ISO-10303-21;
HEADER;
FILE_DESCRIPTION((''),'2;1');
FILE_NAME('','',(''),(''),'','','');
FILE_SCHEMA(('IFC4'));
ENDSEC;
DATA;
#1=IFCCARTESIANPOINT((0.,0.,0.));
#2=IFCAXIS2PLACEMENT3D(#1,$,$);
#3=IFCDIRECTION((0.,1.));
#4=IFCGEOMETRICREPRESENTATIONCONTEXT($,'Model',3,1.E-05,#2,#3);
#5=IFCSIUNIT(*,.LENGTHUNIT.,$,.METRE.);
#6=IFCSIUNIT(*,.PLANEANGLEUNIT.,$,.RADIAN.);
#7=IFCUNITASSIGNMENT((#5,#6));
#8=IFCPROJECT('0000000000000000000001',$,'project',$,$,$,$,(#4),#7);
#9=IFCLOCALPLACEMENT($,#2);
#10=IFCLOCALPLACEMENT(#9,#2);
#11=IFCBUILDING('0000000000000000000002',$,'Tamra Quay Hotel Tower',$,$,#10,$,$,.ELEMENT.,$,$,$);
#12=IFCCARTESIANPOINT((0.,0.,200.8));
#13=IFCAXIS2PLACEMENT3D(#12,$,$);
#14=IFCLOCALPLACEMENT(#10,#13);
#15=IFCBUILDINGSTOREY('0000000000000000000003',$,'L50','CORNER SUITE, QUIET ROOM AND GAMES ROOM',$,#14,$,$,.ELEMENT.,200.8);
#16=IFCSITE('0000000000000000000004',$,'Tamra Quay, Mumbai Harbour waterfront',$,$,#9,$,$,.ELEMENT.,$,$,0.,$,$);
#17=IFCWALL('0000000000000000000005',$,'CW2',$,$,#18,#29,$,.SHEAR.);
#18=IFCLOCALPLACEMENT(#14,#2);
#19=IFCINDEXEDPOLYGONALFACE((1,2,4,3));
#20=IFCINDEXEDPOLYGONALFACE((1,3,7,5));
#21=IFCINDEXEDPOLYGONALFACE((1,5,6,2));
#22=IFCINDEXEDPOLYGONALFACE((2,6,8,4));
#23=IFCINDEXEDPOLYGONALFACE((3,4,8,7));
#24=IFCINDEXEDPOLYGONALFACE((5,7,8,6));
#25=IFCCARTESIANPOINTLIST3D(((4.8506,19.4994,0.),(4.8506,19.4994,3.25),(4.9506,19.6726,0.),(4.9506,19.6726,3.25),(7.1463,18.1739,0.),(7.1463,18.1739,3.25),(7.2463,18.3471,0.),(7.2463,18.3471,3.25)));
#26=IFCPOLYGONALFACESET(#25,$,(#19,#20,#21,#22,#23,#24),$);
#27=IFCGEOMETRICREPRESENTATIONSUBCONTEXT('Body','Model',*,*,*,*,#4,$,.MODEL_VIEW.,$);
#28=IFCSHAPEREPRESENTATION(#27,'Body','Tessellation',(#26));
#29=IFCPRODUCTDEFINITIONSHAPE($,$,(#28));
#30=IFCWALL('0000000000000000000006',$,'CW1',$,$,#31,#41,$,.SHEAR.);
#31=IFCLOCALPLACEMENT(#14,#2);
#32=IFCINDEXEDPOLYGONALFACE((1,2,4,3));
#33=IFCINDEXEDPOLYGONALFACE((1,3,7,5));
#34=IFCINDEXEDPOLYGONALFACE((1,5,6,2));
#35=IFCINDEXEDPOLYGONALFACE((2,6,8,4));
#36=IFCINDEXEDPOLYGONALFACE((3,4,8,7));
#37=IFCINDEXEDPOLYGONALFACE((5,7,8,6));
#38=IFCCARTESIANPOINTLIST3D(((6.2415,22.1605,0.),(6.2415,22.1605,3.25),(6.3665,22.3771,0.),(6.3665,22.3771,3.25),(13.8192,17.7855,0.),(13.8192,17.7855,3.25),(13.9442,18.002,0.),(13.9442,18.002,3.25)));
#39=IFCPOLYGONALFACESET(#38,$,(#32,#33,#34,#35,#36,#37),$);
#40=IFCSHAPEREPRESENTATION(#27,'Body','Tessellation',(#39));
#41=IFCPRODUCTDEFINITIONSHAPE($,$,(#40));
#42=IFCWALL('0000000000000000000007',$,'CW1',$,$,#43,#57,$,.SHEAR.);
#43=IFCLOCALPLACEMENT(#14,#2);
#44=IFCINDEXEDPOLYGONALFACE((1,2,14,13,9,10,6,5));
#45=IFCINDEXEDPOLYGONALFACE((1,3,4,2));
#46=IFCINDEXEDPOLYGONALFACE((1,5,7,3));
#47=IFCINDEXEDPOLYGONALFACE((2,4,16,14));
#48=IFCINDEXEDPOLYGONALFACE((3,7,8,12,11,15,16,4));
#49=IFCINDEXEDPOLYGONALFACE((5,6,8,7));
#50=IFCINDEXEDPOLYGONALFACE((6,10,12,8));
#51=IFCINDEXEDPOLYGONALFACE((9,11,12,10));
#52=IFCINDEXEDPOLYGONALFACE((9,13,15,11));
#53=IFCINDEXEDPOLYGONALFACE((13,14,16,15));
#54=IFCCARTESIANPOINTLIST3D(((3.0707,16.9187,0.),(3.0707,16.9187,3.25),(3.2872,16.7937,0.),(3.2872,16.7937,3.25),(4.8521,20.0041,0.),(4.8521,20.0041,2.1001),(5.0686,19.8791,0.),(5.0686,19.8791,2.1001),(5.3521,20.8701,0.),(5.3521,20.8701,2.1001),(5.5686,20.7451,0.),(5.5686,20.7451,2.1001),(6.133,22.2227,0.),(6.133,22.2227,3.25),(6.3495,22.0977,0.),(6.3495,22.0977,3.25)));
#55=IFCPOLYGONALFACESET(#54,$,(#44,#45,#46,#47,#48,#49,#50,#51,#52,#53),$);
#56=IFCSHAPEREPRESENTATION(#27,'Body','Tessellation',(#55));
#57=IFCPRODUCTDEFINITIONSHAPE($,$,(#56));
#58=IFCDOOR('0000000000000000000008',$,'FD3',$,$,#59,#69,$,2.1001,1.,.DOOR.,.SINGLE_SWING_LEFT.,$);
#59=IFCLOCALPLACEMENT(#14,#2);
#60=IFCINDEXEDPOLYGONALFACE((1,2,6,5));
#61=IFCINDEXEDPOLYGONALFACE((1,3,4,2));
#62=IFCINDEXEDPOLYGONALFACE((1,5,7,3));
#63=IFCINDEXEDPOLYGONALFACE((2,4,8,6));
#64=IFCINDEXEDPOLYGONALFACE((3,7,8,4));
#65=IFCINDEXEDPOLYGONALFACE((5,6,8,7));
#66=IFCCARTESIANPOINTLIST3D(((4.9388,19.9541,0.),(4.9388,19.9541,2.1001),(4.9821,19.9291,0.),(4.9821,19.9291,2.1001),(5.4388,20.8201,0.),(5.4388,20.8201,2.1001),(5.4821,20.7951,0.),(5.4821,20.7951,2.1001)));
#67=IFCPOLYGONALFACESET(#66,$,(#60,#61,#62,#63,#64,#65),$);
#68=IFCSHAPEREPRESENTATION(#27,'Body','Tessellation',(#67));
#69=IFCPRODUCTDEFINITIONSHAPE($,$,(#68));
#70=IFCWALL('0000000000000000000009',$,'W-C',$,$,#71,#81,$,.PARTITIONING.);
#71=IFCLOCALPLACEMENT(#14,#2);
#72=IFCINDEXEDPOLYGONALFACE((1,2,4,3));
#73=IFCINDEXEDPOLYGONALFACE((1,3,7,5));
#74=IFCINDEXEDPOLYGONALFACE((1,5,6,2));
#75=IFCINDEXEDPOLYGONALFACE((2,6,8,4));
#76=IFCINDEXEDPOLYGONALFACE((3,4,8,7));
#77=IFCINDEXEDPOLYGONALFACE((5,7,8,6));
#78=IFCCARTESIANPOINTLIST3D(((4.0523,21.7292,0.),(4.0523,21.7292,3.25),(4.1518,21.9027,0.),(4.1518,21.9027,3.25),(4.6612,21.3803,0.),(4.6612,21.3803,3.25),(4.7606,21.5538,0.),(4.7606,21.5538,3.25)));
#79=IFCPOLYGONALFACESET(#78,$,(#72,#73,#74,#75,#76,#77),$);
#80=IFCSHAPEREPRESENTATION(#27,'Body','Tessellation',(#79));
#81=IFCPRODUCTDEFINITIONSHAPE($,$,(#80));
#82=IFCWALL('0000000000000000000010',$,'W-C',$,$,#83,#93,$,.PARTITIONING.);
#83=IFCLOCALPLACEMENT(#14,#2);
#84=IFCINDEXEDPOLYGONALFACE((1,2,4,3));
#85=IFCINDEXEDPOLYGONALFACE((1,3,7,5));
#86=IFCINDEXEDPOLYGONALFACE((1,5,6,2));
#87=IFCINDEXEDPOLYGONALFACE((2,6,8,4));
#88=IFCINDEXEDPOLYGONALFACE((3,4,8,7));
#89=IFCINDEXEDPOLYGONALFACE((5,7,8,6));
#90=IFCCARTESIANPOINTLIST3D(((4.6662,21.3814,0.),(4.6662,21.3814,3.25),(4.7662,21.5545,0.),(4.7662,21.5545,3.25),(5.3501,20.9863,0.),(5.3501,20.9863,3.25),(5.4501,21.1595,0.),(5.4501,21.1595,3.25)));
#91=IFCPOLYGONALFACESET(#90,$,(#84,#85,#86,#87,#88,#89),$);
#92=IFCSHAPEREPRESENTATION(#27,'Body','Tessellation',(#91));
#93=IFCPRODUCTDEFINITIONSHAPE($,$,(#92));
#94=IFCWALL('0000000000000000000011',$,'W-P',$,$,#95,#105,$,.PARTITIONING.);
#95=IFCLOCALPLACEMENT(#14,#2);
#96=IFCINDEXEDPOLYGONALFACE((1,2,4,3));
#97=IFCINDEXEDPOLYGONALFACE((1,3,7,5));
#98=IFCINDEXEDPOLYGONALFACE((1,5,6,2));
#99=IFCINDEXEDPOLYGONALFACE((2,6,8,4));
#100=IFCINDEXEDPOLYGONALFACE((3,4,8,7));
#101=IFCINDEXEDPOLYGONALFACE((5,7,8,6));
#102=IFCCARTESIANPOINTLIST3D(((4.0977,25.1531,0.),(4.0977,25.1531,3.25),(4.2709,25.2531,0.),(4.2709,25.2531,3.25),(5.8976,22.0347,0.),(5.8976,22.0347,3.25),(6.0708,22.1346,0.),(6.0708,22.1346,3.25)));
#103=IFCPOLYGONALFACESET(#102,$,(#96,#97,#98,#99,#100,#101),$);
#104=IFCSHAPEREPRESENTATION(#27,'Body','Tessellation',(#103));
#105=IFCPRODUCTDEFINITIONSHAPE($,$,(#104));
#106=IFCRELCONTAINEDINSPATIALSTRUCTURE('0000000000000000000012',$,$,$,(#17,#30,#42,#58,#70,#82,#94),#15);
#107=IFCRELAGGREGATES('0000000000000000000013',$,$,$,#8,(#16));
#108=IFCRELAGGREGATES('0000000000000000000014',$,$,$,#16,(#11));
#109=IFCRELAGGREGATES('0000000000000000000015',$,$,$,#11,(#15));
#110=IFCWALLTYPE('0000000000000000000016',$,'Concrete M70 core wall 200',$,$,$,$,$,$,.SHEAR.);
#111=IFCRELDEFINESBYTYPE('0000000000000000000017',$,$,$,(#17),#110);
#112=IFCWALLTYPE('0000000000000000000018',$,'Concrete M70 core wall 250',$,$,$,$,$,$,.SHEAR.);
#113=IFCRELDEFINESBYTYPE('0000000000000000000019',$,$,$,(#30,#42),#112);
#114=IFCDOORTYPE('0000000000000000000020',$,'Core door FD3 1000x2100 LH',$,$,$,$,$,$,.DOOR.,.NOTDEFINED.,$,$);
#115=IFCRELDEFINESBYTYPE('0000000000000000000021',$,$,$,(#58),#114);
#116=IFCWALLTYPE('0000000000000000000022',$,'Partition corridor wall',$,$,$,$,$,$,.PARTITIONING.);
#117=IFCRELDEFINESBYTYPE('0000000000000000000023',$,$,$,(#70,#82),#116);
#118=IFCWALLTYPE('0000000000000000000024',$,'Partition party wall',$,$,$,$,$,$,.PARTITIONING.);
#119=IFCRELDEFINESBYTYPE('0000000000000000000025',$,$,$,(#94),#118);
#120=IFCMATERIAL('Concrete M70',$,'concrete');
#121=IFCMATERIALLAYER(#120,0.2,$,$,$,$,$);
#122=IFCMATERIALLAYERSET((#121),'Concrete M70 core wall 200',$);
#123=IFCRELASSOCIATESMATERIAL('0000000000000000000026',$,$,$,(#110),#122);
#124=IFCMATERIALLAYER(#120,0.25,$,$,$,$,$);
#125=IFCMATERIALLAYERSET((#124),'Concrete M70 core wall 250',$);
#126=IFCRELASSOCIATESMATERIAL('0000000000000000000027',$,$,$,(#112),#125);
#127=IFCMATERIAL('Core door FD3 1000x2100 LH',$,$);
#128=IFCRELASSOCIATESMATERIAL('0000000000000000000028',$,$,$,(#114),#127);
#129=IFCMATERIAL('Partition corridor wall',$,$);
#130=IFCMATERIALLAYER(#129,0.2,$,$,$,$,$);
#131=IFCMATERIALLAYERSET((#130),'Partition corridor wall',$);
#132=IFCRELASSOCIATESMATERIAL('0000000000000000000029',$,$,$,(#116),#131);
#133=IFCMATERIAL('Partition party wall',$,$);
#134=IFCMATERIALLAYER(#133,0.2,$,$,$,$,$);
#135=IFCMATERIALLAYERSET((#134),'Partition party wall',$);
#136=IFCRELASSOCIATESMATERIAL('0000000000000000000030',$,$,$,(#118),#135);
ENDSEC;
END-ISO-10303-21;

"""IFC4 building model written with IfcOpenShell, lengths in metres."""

from ifc_helpers import new_model, si_unit, direction, frame, frame_2d, origin, place, context, subcontext, project, spatial, rectangle, extrude, material, layer, layer_set, type_object, element, fill, save


model = new_model("IFC4")

# Units and contexts
model_context = context("Model", 3, precision=1e-05, world=origin(), true_north=direction((0.0, 1.0)))
body_context = subcontext(model_context, "Body", "Model", "MODEL_VIEW")
ifc_project = project(units=[si_unit("LENGTHUNIT", "METRE"), si_unit("PLANEANGLEUNIT", "RADIAN")], contexts=[model_context])

# Site, building, storey
site_placement = place(None, origin())
site = spatial("IfcSite", under=ifc_project, at=site_placement, Name="Tamra Quay, Mumbai Harbour waterfront", CompositionType="ELEMENT", RefElevation=0.0)
building_placement = place(site_placement, origin())
building = spatial("IfcBuilding", under=site, at=building_placement, Name="Tamra Quay Hotel Tower", CompositionType="ELEMENT")
storey_placement = place(building_placement, frame((0.0, 0.0, 200.8)))
storey = spatial("IfcBuildingStorey", under=building, at=storey_placement, Name="L50", Description="CORNER SUITE, QUIET ROOM AND GAMES ROOM", CompositionType="ELEMENT", Elevation=200.8)

# Shared definitions
ifc_material_1 = material(Name="Concrete M70", Category="concrete")

# Shared definitions
ifc_layer_1 = layer(ifc_material_1, 0.2)
ifc_layer_set_1 = layer_set([ifc_layer_1], Name="Concrete M70 core wall 200")
wall_type_1 = type_object("IfcWallType", Name="Concrete M70 core wall 200", PredefinedType="SHEAR", material=ifc_layer_set_1)

# Walls
wall_1_placement = place(storey_placement, frame((7.1963, 18.2605, 0.0), z_axis=(0.0, 0.0, 1.0), x_axis=(-0.866018, 0.500012, 0.0)))
element("IfcWall", 1, at=wall_1_placement, inside=storey, type_object=wall_type_1, Name="CW2", PredefinedType="SHEAR", context=body_context, shape_type="SweptSolid", body=[
    extrude(rectangle(XDim=2.6509, YDim=0.2, at=frame_2d((1.3254, 0.0))), origin(), (0.0, 0.0, 1.0), 3.25),
])
ifc_layer_2 = layer(ifc_material_1, 0.25)
ifc_layer_set_2 = layer_set([ifc_layer_2], Name="Concrete M70 core wall 250")
wall_type_2 = type_object("IfcWallType", Name="Concrete M70 core wall 250", PredefinedType="SHEAR", material=ifc_layer_set_2)
wall_2_placement = place(storey_placement, frame((6.304, 22.2688, 0.0), z_axis=(0.0, 0.0, 1.0), x_axis=(0.866023, -0.500004, 0.0)))
element("IfcWall", 2, at=wall_2_placement, inside=storey, type_object=wall_type_2, Name="CW1", PredefinedType="SHEAR", context=body_context, shape_type="SweptSolid", body=[
    extrude(rectangle(XDim=8.75, YDim=0.25, at=frame_2d((4.375, 0.0))), origin(), (0.0, 0.0, 1.0), 3.25),
])

# Wall, opening, door
wall_3_placement = place(storey_placement, frame((3.179, 16.8562, 0.0), z_axis=(0.0, 0.0, 1.0), x_axis=(0.500002, 0.866024, 0.0)))
wall_3 = element("IfcWall", 3, at=wall_3_placement, inside=storey, type_object=wall_type_2, Name="CW1", PredefinedType="SHEAR", context=body_context, shape_type="SweptSolid", body=[
    extrude(rectangle(XDim=6.1245, YDim=0.25, at=frame_2d((3.0623, 0.0))), origin(), (0.0, 0.0, 1.0), 3.25),
])
opening_1_placement = place(wall_3_placement, frame((3.5627, 0.0, 0.0)))
opening_1 = element("IfcOpeningElement", 4, at=opening_1_placement, cuts=wall_3, PredefinedType="OPENING", context=body_context, shape_type="SweptSolid", body=[
    extrude(rectangle(XDim=1.0, YDim=2.1001, at=frame_2d((0.5, 1.05))), frame((0.0, 0.135, 0.0), z_axis=(0.0, -1.0, 0.0), x_axis=(1.0, 0.0, 0.0)), (0.0, 0.0, 1.0), 0.27),
])
ifc_material_2 = material(Name="Core door FD3 1000x2100 LH")
door_type_1 = type_object("IfcDoorType", Name="Core door FD3 1000x2100 LH", OperationType="NOTDEFINED", PredefinedType="DOOR", material=ifc_material_2)
door_1_placement = place(opening_1_placement, origin())
door_1 = element("IfcDoor", 5, at=door_1_placement, inside=storey, type_object=door_type_1, Name="FD3", OperationType="SINGLE_SWING_LEFT", OverallHeight=2.1001, OverallWidth=1.0, PredefinedType="DOOR", context=body_context, shape_type="SweptSolid", body=[
    extrude(rectangle(XDim=1.0, YDim=2.1001, at=frame_2d((0.5, 1.05))), frame((0.0, 0.0249, 0.0), z_axis=(0.0, -1.0, 0.0), x_axis=(1.0, 0.0, 0.0)), (0.0, 0.0, 1.0), 0.05),
])
fill(opening_1, door_1)

# Walls
ifc_material_3 = material(Name="Partition corridor wall")
ifc_layer_3 = layer(ifc_material_3, 0.2)
ifc_layer_set_3 = layer_set([ifc_layer_3], Name="Partition corridor wall")
wall_type_3 = type_object("IfcWallType", Name="Partition corridor wall", PredefinedType="PARTITIONING", material=ifc_layer_set_3)
wall_4_placement = place(storey_placement, frame((4.1021, 21.8159, 0.0), z_axis=(0.0, 0.0, 1.0), x_axis=(0.867665, -0.49715, 0.0)))
element("IfcWall", 6, at=wall_4_placement, inside=storey, type_object=wall_type_3, Name="W-C", PredefinedType="PARTITIONING", context=body_context, shape_type="SweptSolid", body=[
    extrude(rectangle(XDim=0.7017, YDim=0.2, at=frame_2d((0.3508, 0.0))), origin(), (0.0, 0.0, 1.0), 3.25),
])
wall_5_placement = place(storey_placement, frame((4.7161, 21.468, 0.0), z_axis=(0.0, 0.0, 1.0), x_axis=(0.865913, -0.500195, 0.0)))
element("IfcWall", 7, at=wall_5_placement, inside=storey, type_object=wall_type_3, Name="W-C", PredefinedType="PARTITIONING", context=body_context, shape_type="SweptSolid", body=[
    extrude(rectangle(XDim=0.7898, YDim=0.2, at=frame_2d((0.395, 0.0))), origin(), (0.0, 0.0, 1.0), 3.25),
])
ifc_material_4 = material(Name="Partition party wall")
ifc_layer_4 = layer(ifc_material_4, 0.2)
ifc_layer_set_4 = layer_set([ifc_layer_4], Name="Partition party wall")
wall_type_4 = type_object("IfcWallType", Name="Partition party wall", PredefinedType="PARTITIONING", material=ifc_layer_set_4)
wall_6_placement = place(storey_placement, frame((4.1843, 25.2031, 0.0), z_axis=(0.0, 0.0, 1.0), x_axis=(0.499873, -0.866099, 0.0)))
element("IfcWall", 8, at=wall_6_placement, inside=storey, type_object=wall_type_4, Name="W-P", PredefinedType="PARTITIONING", context=body_context, shape_type="SweptSolid", body=[
    extrude(rectangle(XDim=3.6006, YDim=0.2, at=frame_2d((1.8003, 0.0))), origin(), (0.0, 0.0, 1.0), 3.25),
])

save(model, "model.ifc")
